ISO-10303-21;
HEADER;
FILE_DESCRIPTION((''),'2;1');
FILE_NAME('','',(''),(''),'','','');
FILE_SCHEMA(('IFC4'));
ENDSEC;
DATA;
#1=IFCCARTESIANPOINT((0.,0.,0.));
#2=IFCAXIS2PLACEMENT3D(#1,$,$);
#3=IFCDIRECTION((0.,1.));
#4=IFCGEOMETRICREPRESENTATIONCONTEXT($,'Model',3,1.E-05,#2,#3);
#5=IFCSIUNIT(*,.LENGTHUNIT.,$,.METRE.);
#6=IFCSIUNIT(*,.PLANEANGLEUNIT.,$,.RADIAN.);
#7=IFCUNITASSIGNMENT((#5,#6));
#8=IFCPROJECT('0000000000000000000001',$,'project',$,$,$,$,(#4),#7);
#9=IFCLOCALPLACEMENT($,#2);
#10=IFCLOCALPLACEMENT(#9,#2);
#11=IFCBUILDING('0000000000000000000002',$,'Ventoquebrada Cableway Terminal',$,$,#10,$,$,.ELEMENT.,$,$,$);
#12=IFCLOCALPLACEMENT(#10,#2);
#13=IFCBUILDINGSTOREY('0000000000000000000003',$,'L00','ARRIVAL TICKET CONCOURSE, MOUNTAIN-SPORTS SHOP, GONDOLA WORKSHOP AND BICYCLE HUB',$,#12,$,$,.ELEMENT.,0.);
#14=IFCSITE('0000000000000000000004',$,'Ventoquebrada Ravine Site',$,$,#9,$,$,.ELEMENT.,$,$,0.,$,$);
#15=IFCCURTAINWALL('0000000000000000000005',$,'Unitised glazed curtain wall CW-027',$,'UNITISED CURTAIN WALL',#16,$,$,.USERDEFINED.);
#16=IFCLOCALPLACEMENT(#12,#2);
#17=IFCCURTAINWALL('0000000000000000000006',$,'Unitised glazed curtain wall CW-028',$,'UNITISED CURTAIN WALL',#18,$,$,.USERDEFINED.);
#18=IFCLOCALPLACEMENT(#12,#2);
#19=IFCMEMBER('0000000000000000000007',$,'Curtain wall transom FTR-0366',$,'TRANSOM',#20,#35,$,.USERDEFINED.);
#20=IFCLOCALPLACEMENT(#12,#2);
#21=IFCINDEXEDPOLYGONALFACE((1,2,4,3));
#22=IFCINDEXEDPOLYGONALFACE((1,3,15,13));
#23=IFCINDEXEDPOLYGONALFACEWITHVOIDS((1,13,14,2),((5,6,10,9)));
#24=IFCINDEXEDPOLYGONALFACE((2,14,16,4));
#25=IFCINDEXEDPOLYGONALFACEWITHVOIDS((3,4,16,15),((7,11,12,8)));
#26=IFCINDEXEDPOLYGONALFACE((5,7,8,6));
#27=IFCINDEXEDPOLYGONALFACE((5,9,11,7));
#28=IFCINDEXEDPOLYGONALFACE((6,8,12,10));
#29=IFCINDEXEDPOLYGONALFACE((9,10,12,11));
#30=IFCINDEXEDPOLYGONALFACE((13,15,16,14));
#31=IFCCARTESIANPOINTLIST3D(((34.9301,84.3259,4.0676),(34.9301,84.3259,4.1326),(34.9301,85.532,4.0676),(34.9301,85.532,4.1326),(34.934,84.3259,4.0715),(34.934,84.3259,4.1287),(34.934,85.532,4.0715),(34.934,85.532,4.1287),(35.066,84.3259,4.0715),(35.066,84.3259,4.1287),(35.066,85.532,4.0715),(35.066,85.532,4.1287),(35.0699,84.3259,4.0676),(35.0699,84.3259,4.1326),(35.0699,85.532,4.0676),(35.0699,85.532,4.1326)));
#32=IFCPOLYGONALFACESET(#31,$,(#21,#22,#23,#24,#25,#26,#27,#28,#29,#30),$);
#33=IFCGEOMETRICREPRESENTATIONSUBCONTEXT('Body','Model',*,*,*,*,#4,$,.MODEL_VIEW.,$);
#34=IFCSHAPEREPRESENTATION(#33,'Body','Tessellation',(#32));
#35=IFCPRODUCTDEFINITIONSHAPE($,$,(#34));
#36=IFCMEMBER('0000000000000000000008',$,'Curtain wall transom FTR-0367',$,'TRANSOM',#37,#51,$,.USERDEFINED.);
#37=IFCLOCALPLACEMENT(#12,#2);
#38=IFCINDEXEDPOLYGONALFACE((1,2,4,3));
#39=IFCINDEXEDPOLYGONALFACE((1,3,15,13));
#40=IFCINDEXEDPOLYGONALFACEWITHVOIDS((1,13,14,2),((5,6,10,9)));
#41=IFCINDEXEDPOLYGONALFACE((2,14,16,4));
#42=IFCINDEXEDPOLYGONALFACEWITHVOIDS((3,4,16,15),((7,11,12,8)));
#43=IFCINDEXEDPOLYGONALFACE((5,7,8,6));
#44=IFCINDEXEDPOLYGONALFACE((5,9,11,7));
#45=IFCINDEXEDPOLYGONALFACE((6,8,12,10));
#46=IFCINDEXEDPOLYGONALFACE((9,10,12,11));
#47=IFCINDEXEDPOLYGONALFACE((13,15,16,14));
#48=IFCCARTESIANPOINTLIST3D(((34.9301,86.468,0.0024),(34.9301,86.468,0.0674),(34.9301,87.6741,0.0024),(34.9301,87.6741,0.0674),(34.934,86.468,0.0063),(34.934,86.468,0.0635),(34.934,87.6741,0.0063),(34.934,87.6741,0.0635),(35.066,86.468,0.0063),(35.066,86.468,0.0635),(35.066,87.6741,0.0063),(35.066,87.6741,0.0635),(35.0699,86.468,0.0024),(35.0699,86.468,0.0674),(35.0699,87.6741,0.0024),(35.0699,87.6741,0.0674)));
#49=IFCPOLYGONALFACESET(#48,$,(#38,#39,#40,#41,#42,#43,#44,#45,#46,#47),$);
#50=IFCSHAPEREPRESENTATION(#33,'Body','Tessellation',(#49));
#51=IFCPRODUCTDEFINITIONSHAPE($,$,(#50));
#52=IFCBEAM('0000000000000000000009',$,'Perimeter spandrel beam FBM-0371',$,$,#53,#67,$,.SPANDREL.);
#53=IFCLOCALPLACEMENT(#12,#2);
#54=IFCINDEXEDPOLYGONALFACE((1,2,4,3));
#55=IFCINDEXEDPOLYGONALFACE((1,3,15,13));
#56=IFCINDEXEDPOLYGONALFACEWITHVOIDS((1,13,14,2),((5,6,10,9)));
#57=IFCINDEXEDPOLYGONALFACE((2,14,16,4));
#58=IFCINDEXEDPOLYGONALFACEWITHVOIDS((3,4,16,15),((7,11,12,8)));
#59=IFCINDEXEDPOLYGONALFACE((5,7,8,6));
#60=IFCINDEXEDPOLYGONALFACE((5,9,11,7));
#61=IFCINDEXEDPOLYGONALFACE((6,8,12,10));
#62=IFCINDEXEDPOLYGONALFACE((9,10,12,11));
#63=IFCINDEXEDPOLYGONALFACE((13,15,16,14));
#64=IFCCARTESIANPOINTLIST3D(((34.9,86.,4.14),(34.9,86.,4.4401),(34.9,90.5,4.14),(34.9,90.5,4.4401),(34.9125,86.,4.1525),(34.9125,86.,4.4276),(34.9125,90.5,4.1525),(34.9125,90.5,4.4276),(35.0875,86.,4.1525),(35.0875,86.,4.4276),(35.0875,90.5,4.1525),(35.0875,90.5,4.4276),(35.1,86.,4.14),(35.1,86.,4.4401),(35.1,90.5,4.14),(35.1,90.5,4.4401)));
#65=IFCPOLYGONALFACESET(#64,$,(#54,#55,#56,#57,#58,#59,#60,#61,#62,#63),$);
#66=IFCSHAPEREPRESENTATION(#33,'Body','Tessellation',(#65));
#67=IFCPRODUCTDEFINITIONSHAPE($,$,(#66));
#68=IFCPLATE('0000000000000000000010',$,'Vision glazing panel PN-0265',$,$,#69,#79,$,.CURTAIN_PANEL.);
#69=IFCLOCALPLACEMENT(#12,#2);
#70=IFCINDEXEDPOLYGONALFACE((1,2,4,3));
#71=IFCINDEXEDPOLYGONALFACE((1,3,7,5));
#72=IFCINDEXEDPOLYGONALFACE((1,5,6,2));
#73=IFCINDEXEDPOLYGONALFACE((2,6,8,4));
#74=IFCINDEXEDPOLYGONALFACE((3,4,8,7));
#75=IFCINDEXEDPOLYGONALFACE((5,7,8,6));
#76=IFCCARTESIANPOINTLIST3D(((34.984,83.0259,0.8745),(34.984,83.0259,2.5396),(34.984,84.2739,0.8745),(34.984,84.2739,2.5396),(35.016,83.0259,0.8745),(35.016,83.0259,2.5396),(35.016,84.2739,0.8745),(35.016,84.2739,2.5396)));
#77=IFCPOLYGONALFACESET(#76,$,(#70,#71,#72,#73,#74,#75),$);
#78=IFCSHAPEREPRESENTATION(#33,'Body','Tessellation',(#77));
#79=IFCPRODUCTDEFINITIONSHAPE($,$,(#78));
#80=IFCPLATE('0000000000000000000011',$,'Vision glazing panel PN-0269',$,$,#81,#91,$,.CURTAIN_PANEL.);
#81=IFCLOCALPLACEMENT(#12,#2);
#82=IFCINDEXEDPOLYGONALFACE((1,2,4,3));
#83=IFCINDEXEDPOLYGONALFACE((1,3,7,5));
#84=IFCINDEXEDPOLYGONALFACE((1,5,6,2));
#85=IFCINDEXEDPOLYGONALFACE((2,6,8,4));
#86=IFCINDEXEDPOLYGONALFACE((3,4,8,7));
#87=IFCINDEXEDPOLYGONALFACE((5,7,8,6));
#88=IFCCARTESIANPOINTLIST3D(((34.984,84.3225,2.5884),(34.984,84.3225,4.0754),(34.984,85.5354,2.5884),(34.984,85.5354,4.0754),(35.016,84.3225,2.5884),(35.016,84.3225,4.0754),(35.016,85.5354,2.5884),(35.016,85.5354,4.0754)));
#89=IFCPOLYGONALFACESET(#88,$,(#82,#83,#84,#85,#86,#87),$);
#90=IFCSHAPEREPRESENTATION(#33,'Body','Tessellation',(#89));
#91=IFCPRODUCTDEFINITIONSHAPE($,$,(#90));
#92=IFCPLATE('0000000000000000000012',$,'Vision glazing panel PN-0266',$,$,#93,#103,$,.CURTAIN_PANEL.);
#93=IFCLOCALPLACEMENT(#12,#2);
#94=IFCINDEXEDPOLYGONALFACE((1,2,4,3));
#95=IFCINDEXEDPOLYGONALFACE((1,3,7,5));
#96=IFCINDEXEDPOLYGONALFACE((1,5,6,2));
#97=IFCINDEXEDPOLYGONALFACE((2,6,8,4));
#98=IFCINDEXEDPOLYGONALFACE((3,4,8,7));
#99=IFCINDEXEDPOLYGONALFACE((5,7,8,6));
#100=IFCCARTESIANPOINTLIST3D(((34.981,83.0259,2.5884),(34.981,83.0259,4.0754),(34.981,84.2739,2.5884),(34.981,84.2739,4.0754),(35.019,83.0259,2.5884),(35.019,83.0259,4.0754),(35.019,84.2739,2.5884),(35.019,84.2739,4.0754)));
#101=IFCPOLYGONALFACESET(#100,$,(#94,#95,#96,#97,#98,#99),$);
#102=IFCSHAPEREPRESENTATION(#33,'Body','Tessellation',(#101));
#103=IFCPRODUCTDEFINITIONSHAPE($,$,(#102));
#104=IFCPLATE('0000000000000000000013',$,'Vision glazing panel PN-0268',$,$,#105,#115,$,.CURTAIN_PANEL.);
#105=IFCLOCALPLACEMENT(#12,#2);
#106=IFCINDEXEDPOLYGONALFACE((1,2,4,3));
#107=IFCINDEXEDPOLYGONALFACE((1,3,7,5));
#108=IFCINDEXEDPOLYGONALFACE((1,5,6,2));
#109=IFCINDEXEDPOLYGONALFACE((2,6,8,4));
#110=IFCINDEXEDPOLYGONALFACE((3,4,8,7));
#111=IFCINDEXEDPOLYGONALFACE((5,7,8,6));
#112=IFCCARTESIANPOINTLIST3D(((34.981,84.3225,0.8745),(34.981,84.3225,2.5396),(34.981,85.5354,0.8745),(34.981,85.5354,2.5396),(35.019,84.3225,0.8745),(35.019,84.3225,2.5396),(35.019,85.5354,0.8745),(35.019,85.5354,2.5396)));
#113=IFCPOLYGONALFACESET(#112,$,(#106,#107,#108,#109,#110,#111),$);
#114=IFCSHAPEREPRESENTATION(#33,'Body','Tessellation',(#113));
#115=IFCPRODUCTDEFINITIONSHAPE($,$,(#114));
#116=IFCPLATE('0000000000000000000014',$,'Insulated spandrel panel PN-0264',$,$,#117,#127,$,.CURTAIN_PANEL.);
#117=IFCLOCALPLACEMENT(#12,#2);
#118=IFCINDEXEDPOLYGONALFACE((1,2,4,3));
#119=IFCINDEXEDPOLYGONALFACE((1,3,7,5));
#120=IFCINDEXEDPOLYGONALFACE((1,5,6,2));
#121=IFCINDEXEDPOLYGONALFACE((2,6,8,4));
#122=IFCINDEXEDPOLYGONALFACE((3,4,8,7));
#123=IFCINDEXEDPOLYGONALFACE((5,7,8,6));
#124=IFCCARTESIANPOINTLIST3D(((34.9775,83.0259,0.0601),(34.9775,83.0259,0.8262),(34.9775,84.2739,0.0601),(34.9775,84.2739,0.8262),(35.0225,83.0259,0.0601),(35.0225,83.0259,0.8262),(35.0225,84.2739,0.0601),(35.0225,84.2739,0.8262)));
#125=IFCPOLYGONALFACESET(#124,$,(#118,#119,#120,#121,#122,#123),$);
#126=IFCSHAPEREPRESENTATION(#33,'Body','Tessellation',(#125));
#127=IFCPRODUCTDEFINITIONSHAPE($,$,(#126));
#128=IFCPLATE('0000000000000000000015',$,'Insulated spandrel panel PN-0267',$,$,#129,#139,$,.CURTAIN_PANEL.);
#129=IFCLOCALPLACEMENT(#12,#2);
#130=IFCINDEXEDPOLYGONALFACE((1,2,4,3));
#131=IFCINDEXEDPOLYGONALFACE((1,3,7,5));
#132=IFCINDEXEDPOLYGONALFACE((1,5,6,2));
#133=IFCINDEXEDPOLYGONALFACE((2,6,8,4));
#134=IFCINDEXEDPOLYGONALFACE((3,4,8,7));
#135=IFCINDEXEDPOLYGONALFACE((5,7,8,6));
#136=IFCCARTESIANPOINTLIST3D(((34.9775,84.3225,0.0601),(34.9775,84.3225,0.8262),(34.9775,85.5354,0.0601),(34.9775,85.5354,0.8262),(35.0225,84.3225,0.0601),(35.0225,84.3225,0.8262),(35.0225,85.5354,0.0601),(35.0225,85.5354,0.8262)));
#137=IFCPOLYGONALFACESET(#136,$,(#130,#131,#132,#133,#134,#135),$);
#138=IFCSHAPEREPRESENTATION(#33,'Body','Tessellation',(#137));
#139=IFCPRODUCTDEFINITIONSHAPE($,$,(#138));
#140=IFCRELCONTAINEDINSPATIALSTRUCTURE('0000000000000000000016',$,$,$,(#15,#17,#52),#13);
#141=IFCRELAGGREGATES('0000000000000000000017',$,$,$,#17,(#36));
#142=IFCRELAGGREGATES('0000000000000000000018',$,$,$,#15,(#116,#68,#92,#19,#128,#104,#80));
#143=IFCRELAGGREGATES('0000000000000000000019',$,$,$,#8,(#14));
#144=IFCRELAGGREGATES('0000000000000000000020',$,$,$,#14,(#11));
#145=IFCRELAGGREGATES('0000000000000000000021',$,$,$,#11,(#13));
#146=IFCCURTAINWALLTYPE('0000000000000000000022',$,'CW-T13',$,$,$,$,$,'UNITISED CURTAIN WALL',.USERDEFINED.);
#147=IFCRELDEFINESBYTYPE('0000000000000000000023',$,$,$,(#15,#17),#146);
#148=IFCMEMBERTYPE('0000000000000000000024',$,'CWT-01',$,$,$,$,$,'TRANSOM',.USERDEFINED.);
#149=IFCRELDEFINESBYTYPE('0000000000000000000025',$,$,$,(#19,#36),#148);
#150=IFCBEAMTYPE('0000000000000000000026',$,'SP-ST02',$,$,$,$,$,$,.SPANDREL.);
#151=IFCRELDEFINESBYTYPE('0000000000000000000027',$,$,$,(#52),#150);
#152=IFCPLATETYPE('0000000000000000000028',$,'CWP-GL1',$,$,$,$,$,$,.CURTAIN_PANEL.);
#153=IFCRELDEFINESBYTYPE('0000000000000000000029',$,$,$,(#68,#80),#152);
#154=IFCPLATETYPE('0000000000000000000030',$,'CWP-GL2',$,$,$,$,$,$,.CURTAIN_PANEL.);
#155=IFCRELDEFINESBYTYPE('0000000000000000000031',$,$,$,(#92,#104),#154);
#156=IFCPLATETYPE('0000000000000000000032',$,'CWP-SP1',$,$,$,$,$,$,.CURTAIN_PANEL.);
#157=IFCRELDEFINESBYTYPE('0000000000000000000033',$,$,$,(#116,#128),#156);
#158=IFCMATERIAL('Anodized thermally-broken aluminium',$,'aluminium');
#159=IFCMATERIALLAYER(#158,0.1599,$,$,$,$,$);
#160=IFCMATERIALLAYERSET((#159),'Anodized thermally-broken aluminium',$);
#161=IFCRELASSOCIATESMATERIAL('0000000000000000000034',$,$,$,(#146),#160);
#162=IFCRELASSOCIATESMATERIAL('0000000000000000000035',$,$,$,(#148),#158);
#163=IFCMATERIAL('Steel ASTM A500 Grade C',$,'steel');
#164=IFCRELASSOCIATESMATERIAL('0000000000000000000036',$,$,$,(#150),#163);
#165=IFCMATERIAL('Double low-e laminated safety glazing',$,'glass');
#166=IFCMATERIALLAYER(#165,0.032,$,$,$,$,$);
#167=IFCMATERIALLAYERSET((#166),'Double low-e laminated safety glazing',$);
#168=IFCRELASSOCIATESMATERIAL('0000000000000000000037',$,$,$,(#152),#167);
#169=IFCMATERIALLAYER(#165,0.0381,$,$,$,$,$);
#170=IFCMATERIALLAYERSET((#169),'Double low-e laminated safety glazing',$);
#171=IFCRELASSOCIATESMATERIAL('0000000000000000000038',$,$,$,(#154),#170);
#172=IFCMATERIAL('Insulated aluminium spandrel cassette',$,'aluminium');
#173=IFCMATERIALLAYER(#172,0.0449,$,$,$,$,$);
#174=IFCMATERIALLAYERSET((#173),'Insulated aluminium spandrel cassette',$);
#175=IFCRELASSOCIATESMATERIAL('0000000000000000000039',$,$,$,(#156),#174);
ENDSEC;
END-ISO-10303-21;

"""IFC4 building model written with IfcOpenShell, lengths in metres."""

from ifc_helpers import new_model, si_unit, direction, frame, origin, origin_2d, place, context, subcontext, project, spatial, rectangle, hollow_rectangle, extrude, material, layer, layer_set, material_profile, profile_set, type_object, element, aggregate, save


model = new_model("IFC4")

# Units and contexts
model_context = context("Model", 3, precision=1e-05, world=origin(), true_north=direction((0.0, 1.0)))
body_context = subcontext(model_context, "Body", "Model", "MODEL_VIEW")
ifc_project = project(units=[si_unit("LENGTHUNIT", "METRE"), si_unit("PLANEANGLEUNIT", "RADIAN")], contexts=[model_context])

# Site, building, storey
site_placement = place(None, origin())
site = spatial("IfcSite", under=ifc_project, at=site_placement, Name="Ventoquebrada Ravine Site", CompositionType="ELEMENT", RefElevation=0.0)
building_placement = place(site_placement, origin())
building = spatial("IfcBuilding", under=site, at=building_placement, Name="Ventoquebrada Cableway Terminal", CompositionType="ELEMENT")
storey_placement = place(building_placement, origin())
storey = spatial("IfcBuildingStorey", under=building, at=storey_placement, Name="L00", Description="ARRIVAL TICKET CONCOURSE, MOUNTAIN-SPORTS SHOP, GONDOLA WORKSHOP AND BICYCLE HUB", CompositionType="ELEMENT", Elevation=0.0)

# Curtain wall
ifc_material_1 = material(Name="Anodized thermally-broken aluminium", Category="aluminium")
ifc_layer_1 = layer(ifc_material_1, 0.1599)
ifc_layer_set_1 = layer_set([ifc_layer_1], Name="Anodized thermally-broken aluminium")
curtain_wall_type = type_object("IfcCurtainWallType", Name="CW-T13", ElementType="UNITISED CURTAIN WALL", PredefinedType="USERDEFINED", material=ifc_layer_set_1)
curtain_wall_1_placement = place(storey_placement, origin())
curtain_wall_1 = element("IfcCurtainWall", 1, at=curtain_wall_1_placement, inside=storey, type_object=curtain_wall_type, Name="Unitised glazed curtain wall CW-027", ObjectType="UNITISED CURTAIN WALL", PredefinedType="USERDEFINED")

# Curtain wall
curtain_wall_2_placement = place(storey_placement, origin())
curtain_wall_2 = element("IfcCurtainWall", 2, at=curtain_wall_2_placement, inside=storey, type_object=curtain_wall_type, Name="Unitised glazed curtain wall CW-028", ObjectType="UNITISED CURTAIN WALL", PredefinedType="USERDEFINED")

# Members
ifc_material_profile_1 = material_profile(ifc_material_1, hollow_rectangle(XDim=0.0649, YDim=0.1399, WallThickness=0.0039, at=origin_2d()), Name="CW-TRN-65X140")
ifc_profile_set_1 = profile_set([ifc_material_profile_1], Name="Anodized thermally-broken aluminium")
member_type_1 = type_object("IfcMemberType", Name="CWT-01", ElementType="TRANSOM", PredefinedType="USERDEFINED", material=ifc_profile_set_1)
member_1_placement = place(storey_placement, frame((35.0, 84.3259, 4.1001), z_axis=(0.0, 1.0, 0.0), x_axis=(0.0, 0.0, 1.0)))
member_1 = element("IfcMember", 3, at=member_1_placement, type_object=member_type_1, Name="Curtain wall transom FTR-0366", ObjectType="TRANSOM", PredefinedType="USERDEFINED", context=body_context, shape_type="SweptSolid", body=[
    extrude(hollow_rectangle(XDim=0.0649, YDim=0.1399, WallThickness=0.0039, at=origin_2d()), origin(), (0.0, 0.0, 1.0), 1.2061),
])
member_2_placement = place(storey_placement, frame((35.0, 86.468, 0.0349), z_axis=(0.0, 1.0, 0.0), x_axis=(0.0, 0.0, 1.0)))
member_2 = element("IfcMember", 4, at=member_2_placement, type_object=member_type_1, Name="Curtain wall transom FTR-0367", ObjectType="TRANSOM", PredefinedType="USERDEFINED", context=body_context, shape_type="SweptSolid", body=[
    extrude(hollow_rectangle(XDim=0.0649, YDim=0.1399, WallThickness=0.0039, at=origin_2d()), origin(), (0.0, 0.0, 1.0), 1.2061),
])
aggregate(curtain_wall_2, [member_2])

# Beam
ifc_material_2 = material(Name="Steel ASTM A500 Grade C", Category="steel")
ifc_material_profile_2 = material_profile(ifc_material_2, hollow_rectangle(XDim=0.2, YDim=0.3, WallThickness=0.0125, at=origin_2d()), Name="RHS300X200X12.5")
ifc_profile_set_2 = profile_set([ifc_material_profile_2], Name="Steel ASTM A500 Grade C")
beam_type = type_object("IfcBeamType", Name="SP-ST02", PredefinedType="SPANDREL", material=ifc_profile_set_2)
beam_placement = place(storey_placement, frame((35.0, 86.0, 4.29), z_axis=(0.0, 1.0, 0.0), x_axis=(-1.0, 0.0, 0.0)))
element("IfcBeam", 5, at=beam_placement, inside=storey, type_object=beam_type, Name="Perimeter spandrel beam FBM-0371", PredefinedType="SPANDREL", context=body_context, shape_type="SweptSolid", body=[
    extrude(hollow_rectangle(XDim=0.2, YDim=0.3, WallThickness=0.0125, at=origin_2d()), origin(), (0.0, 0.0, 1.0), 4.5),
])

# Plates
ifc_material_3 = material(Name="Double low-e laminated safety glazing", Category="glass")
ifc_layer_2 = layer(ifc_material_3, 0.032)
ifc_layer_set_2 = layer_set([ifc_layer_2], Name="Double low-e laminated safety glazing")
plate_type_1 = type_object("IfcPlateType", Name="CWP-GL1", PredefinedType="CURTAIN_PANEL", material=ifc_layer_set_2)
plate_1_placement = place(storey_placement, frame((35.0, 83.6499, 0.8745), z_axis=(0.0, 0.0, 1.0), x_axis=(0.0, 1.0, 0.0)))
plate_1 = element("IfcPlate", 6, at=plate_1_placement, type_object=plate_type_1, Name="Vision glazing panel PN-0265", PredefinedType="CURTAIN_PANEL", context=body_context, shape_type="SweptSolid", body=[
    extrude(rectangle(XDim=1.248, YDim=0.032, at=origin_2d()), origin(), (0.0, 0.0, 1.0), 1.665),
])
plate_2_placement = place(storey_placement, frame((35.0, 84.929, 2.5884), z_axis=(0.0, 0.0, 1.0), x_axis=(0.0, 1.0, 0.0)))
plate_2 = element("IfcPlate", 7, at=plate_2_placement, type_object=plate_type_1, Name="Vision glazing panel PN-0269", PredefinedType="CURTAIN_PANEL", context=body_context, shape_type="SweptSolid", body=[
    extrude(rectangle(XDim=1.2129, YDim=0.032, at=origin_2d()), origin(), (0.0, 0.0, 1.0), 1.4871),
])
ifc_layer_3 = layer(ifc_material_3, 0.0381)
ifc_layer_set_3 = layer_set([ifc_layer_3], Name="Double low-e laminated safety glazing")
plate_type_2 = type_object("IfcPlateType", Name="CWP-GL2", PredefinedType="CURTAIN_PANEL", material=ifc_layer_set_3)
plate_3_placement = place(storey_placement, frame((35.0, 83.6499, 2.5884), z_axis=(0.0, 0.0, 1.0), x_axis=(0.0, 1.0, 0.0)))
plate_3 = element("IfcPlate", 8, at=plate_3_placement, type_object=plate_type_2, Name="Vision glazing panel PN-0266", PredefinedType="CURTAIN_PANEL", context=body_context, shape_type="SweptSolid", body=[
    extrude(rectangle(XDim=1.248, YDim=0.0381, at=origin_2d()), origin(), (0.0, 0.0, 1.0), 1.4871),
])
plate_4_placement = place(storey_placement, frame((35.0, 84.929, 0.8745), z_axis=(0.0, 0.0, 1.0), x_axis=(0.0, 1.0, 0.0)))
plate_4 = element("IfcPlate", 9, at=plate_4_placement, type_object=plate_type_2, Name="Vision glazing panel PN-0268", PredefinedType="CURTAIN_PANEL", context=body_context, shape_type="SweptSolid", body=[
    extrude(rectangle(XDim=1.2129, YDim=0.0381, at=origin_2d()), origin(), (0.0, 0.0, 1.0), 1.665),
])
ifc_material_4 = material(Name="Insulated aluminium spandrel cassette", Category="aluminium")
ifc_layer_4 = layer(ifc_material_4, 0.0449)
ifc_layer_set_4 = layer_set([ifc_layer_4], Name="Insulated aluminium spandrel cassette")
plate_type_3 = type_object("IfcPlateType", Name="CWP-SP1", PredefinedType="CURTAIN_PANEL", material=ifc_layer_set_4)
plate_5_placement = place(storey_placement, frame((35.0, 83.6499, 0.0601), z_axis=(0.0, 0.0, 1.0), x_axis=(0.0, 1.0, 0.0)))
plate_5 = element("IfcPlate", 10, at=plate_5_placement, type_object=plate_type_3, Name="Insulated spandrel panel PN-0264", PredefinedType="CURTAIN_PANEL", context=body_context, shape_type="SweptSolid", body=[
    extrude(rectangle(XDim=1.248, YDim=0.0449, at=origin_2d()), origin(), (0.0, 0.0, 1.0), 0.7661),
])
plate_6_placement = place(storey_placement, frame((35.0, 84.929, 0.0601), z_axis=(0.0, 0.0, 1.0), x_axis=(0.0, 1.0, 0.0)))
plate_6 = element("IfcPlate", 11, at=plate_6_placement, type_object=plate_type_3, Name="Insulated spandrel panel PN-0267", PredefinedType="CURTAIN_PANEL", context=body_context, shape_type="SweptSolid", body=[
    extrude(rectangle(XDim=1.2129, YDim=0.0449, at=origin_2d()), origin(), (0.0, 0.0, 1.0), 0.7661),
])
aggregate(curtain_wall_1, [plate_5, plate_1, plate_3, member_1, plate_6, plate_4, plate_2])

save(model, "model.ifc")
